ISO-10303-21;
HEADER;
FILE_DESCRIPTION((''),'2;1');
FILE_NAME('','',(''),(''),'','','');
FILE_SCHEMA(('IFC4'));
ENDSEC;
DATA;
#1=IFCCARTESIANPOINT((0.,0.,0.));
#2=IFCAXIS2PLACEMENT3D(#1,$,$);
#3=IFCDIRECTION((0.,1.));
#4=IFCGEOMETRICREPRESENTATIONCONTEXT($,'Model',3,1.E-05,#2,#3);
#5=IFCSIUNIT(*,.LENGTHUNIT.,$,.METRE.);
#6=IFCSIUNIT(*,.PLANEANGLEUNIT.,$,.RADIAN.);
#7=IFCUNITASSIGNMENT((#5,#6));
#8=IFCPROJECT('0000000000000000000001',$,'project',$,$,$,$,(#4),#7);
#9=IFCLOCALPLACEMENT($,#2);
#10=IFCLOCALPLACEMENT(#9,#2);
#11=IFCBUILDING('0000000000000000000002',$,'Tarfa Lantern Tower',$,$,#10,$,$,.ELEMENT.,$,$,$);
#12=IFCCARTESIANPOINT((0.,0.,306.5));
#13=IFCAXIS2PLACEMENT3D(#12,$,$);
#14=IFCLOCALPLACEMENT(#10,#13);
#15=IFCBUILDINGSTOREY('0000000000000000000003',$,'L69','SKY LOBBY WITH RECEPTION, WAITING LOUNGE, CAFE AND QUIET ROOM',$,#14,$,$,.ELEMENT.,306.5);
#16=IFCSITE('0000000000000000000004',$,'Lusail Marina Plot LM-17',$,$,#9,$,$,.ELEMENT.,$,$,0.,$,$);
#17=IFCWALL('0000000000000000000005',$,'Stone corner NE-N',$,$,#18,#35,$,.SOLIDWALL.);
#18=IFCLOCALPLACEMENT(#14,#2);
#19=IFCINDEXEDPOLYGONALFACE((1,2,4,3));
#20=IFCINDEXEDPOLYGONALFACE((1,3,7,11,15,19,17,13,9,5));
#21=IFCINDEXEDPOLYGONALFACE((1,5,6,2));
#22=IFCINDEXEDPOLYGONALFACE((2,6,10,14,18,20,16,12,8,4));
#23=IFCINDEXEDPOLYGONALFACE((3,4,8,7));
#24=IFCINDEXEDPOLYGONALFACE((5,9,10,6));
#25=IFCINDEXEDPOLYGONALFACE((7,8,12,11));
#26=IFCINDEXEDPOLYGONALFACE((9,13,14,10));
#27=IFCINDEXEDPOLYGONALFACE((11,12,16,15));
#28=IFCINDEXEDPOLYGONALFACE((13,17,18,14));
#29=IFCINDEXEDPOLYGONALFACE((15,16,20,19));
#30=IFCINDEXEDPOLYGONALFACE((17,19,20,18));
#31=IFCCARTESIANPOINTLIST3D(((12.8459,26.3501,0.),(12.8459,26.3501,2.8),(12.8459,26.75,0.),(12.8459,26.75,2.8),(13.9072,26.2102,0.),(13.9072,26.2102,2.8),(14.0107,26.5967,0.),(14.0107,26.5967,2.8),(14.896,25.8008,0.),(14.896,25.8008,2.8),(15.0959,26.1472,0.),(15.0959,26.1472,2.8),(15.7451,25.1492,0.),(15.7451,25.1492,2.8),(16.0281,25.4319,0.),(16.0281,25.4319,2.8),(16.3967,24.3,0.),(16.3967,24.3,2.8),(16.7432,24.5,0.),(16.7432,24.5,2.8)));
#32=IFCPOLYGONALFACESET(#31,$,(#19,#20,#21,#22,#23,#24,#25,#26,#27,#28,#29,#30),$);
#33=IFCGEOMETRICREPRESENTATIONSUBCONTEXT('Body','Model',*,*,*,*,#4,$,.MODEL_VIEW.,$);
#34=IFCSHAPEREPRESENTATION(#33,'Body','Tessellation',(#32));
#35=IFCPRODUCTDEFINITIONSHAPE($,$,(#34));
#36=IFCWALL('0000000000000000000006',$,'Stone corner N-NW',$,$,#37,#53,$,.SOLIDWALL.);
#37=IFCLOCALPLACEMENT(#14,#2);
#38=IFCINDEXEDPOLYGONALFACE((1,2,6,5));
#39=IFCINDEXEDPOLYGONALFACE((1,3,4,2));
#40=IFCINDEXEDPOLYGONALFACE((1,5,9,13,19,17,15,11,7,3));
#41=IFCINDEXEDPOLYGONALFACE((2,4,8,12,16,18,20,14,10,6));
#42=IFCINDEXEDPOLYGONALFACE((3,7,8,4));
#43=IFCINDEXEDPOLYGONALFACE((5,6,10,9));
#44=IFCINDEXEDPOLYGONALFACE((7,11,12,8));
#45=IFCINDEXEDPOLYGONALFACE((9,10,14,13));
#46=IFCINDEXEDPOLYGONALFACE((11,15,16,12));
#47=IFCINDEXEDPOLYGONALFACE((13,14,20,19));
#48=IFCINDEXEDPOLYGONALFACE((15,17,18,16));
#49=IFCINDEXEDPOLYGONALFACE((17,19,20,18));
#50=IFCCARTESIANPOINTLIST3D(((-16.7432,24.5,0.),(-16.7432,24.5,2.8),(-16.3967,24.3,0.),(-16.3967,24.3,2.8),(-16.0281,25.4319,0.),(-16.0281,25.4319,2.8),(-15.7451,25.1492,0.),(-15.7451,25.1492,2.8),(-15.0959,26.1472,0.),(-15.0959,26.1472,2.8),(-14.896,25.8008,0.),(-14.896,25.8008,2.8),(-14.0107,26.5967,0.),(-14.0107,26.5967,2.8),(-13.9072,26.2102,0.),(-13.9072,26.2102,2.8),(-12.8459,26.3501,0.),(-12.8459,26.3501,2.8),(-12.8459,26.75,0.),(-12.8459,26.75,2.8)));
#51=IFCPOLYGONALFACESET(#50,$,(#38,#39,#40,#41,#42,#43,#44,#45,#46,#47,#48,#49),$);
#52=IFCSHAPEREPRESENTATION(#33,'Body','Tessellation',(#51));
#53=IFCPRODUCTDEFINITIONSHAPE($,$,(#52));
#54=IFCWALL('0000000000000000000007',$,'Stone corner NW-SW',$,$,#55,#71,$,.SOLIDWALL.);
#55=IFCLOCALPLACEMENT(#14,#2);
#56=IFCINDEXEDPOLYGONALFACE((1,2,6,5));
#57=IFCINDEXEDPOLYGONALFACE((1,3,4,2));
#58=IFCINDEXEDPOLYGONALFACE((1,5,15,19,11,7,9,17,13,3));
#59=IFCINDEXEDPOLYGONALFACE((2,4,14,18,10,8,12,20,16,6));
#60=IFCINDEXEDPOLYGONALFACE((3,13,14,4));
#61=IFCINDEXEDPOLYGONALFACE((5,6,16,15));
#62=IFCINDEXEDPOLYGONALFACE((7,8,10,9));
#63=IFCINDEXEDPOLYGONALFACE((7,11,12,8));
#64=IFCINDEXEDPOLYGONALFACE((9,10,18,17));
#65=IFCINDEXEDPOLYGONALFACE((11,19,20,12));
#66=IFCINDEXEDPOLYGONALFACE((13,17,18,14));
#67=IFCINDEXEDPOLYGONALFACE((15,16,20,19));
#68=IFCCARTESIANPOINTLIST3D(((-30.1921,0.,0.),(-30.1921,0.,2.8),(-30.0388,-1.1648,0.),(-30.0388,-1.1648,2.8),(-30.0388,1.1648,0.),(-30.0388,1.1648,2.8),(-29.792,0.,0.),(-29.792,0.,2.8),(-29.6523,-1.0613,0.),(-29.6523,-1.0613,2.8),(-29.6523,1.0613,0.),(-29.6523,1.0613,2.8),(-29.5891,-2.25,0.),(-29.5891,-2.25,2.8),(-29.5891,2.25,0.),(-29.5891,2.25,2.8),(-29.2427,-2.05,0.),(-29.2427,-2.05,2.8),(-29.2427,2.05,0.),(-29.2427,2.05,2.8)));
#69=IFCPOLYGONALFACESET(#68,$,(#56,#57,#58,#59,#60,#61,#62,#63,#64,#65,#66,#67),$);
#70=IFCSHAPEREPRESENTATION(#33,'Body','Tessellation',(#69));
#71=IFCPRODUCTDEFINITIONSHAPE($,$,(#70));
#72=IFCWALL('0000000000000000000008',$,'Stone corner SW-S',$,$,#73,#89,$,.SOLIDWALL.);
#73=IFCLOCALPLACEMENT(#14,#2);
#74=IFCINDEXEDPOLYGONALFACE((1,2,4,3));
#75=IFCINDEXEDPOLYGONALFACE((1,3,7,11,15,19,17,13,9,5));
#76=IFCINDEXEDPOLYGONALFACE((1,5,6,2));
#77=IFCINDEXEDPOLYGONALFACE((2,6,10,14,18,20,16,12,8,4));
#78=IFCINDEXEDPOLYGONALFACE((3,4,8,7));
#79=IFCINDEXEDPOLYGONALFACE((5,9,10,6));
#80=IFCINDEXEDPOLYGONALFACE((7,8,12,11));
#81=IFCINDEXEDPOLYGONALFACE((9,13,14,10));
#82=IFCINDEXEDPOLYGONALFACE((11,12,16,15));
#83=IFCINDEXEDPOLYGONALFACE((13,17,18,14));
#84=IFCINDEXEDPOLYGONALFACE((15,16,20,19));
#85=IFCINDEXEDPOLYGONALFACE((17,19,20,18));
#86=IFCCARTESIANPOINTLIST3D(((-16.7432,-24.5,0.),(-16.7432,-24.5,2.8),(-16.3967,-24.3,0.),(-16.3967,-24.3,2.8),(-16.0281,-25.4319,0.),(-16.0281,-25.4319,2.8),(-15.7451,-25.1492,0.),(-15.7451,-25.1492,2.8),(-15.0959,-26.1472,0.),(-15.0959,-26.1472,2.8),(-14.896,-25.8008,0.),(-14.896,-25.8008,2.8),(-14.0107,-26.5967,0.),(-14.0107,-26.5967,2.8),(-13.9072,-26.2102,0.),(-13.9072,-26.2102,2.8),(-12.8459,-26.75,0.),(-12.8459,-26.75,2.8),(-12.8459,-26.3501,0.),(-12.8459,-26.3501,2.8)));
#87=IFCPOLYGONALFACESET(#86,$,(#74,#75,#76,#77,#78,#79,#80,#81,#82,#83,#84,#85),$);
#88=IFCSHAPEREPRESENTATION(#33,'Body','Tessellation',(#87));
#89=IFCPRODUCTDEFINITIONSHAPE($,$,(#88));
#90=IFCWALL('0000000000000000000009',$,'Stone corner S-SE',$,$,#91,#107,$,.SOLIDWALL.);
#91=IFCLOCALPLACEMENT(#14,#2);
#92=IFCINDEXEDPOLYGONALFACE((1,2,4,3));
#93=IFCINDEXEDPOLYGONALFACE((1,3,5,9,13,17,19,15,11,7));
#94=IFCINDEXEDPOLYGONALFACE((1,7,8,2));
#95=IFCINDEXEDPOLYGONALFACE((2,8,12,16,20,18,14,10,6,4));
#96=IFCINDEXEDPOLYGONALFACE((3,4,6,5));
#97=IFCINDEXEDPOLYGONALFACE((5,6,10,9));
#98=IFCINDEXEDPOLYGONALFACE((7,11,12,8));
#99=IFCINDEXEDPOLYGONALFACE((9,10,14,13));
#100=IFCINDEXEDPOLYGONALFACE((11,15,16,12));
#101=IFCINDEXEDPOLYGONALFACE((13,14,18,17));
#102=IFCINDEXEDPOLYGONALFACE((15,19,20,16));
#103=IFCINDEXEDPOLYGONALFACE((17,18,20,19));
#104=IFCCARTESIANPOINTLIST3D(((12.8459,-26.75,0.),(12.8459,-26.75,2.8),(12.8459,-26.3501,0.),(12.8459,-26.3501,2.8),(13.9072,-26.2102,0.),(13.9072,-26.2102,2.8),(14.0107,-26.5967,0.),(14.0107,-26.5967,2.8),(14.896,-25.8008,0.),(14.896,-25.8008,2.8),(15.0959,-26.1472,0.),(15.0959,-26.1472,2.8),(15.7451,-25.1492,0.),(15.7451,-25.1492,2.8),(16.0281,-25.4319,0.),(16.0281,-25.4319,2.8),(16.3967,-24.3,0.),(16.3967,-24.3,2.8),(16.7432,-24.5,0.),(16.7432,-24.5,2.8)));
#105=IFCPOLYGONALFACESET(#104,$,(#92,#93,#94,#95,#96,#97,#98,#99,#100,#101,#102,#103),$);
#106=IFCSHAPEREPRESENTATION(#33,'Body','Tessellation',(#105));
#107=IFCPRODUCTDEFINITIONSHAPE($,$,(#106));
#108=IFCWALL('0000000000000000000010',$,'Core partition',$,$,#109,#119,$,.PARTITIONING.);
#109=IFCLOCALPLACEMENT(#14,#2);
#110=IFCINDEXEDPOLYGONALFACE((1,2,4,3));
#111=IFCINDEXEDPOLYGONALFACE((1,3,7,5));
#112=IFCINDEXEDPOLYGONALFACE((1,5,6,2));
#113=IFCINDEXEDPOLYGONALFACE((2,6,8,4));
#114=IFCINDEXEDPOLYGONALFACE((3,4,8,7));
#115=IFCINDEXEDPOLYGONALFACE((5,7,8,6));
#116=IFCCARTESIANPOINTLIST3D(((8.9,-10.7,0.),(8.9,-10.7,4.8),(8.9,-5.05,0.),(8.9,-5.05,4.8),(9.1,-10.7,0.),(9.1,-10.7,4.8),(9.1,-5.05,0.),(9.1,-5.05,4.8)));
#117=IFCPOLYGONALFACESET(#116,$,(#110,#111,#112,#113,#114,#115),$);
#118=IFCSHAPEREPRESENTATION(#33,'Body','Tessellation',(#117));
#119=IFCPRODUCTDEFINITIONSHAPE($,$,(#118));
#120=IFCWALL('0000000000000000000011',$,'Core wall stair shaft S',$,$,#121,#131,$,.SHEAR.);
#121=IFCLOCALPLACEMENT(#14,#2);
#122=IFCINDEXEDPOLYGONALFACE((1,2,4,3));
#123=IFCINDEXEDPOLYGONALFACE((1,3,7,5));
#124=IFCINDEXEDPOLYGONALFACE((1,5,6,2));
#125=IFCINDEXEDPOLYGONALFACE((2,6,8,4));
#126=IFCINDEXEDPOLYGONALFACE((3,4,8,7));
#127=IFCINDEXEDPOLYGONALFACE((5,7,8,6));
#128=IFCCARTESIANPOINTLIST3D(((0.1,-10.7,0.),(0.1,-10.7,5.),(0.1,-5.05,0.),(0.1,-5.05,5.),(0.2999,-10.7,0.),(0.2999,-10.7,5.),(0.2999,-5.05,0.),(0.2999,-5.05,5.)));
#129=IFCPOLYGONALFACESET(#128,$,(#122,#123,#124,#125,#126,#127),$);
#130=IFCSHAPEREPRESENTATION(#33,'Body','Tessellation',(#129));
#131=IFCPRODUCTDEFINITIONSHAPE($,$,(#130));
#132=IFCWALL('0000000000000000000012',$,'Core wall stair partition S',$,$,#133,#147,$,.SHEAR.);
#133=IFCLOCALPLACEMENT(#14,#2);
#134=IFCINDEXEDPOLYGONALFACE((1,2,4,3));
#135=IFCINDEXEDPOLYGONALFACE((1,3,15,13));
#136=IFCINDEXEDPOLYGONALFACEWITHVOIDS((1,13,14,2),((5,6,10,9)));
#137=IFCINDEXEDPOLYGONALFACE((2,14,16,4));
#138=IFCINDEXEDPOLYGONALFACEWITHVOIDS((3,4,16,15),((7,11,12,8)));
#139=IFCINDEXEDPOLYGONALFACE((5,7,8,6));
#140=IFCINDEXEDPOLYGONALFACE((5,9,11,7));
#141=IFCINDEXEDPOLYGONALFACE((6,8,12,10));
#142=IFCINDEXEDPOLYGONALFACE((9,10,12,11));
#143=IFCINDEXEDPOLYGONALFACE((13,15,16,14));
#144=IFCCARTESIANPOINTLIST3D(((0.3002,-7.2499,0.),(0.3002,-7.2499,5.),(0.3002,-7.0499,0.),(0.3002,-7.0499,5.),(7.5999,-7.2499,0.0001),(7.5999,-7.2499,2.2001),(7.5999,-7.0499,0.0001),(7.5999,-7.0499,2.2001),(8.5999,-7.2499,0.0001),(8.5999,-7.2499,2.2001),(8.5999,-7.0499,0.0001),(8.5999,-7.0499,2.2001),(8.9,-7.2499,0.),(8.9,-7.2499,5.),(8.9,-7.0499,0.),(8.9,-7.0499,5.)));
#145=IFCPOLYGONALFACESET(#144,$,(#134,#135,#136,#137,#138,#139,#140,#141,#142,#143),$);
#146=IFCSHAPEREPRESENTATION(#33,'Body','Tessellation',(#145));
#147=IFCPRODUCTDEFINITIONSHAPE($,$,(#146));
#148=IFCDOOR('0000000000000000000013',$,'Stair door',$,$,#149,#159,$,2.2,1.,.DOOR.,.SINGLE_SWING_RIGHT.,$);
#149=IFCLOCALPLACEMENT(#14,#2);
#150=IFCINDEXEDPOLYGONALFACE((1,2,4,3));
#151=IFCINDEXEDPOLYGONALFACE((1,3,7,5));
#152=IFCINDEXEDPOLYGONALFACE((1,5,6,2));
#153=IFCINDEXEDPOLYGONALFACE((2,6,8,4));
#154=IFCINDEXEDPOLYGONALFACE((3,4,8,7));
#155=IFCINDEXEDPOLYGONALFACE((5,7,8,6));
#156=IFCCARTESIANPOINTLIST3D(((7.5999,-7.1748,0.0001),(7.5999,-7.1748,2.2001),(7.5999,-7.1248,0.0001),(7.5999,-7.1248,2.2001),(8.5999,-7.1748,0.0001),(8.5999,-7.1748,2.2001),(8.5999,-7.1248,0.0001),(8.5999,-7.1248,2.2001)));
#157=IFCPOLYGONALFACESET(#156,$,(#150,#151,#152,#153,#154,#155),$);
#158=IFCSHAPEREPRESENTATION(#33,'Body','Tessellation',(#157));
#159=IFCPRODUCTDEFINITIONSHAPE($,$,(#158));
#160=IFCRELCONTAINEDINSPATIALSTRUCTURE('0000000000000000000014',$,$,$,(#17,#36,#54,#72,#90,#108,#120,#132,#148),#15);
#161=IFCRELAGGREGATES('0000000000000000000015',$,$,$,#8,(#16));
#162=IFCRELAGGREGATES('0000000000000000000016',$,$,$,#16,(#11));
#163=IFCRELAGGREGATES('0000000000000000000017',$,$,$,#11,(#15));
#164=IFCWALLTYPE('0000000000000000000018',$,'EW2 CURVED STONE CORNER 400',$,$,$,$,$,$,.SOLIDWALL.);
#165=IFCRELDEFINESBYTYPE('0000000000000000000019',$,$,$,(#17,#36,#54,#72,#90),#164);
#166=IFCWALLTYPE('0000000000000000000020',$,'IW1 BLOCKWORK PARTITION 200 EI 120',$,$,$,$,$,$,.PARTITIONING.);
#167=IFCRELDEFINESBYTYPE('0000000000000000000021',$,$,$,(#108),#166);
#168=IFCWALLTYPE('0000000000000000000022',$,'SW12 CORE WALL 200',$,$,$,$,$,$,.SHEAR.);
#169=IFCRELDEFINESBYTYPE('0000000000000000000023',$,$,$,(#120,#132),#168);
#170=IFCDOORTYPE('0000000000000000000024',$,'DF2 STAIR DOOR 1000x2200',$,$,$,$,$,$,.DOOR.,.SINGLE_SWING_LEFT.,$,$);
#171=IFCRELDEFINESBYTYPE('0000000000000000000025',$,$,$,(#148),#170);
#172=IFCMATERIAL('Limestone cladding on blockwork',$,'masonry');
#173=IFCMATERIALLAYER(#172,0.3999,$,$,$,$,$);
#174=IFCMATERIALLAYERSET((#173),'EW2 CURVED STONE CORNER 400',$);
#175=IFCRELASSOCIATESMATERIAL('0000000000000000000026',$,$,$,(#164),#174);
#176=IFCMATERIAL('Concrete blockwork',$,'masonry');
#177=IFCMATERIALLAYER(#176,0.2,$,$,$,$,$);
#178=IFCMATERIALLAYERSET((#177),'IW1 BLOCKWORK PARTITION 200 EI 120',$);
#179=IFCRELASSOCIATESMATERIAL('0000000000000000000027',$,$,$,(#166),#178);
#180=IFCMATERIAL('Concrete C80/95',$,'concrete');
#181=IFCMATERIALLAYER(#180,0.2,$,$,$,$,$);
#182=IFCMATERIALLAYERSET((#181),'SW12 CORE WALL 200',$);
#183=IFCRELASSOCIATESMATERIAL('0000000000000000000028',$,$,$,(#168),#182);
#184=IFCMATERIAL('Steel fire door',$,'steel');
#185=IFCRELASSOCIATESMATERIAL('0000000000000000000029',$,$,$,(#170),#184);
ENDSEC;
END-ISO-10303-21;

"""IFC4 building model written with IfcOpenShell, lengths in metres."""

from ifc_helpers import new_model, si_unit, direction, frame, frame_2d, origin, place, context, subcontext, project, spatial, polyline, rectangle, outline, extrude, material, layer, layer_set, type_object, element, fill, save


model = new_model("IFC4")

# Units and contexts
model_context = context("Model", 3, precision=1e-05, world=origin(), true_north=direction((0.0, 1.0)))
body_context = subcontext(model_context, "Body", "Model", "MODEL_VIEW")
ifc_project = project(units=[si_unit("LENGTHUNIT", "METRE"), si_unit("PLANEANGLEUNIT", "RADIAN")], contexts=[model_context])

# Site, building, storey
site_placement = place(None, origin())
site = spatial("IfcSite", under=ifc_project, at=site_placement, Name="Lusail Marina Plot LM-17", CompositionType="ELEMENT", RefElevation=0.0)
building_placement = place(site_placement, origin())
building = spatial("IfcBuilding", under=site, at=building_placement, Name="Tarfa Lantern Tower", CompositionType="ELEMENT")
storey_placement = place(building_placement, frame((0.0, 0.0, 306.5)))
storey = spatial("IfcBuildingStorey", under=building, at=storey_placement, Name="L69", Description="SKY LOBBY WITH RECEPTION, WAITING LOUNGE, CAFE AND QUIET ROOM", CompositionType="ELEMENT", Elevation=306.5)

# Walls
ifc_material_1 = material(Name="Limestone cladding on blockwork", Category="masonry")
ifc_layer_1 = layer(ifc_material_1, 0.3999)
ifc_layer_set_1 = layer_set([ifc_layer_1], Name="EW2 CURVED STONE CORNER 400")
wall_type_1 = type_object("IfcWallType", Name="EW2 CURVED STONE CORNER 400", PredefinedType="SOLIDWALL", material=ifc_layer_set_1)
wall_1_placement = place(storey_placement, origin())
element("IfcWall", 1, at=wall_1_placement, inside=storey, type_object=wall_type_1, Name="Stone corner NE-N", PredefinedType="SOLIDWALL", context=body_context, shape_type="SweptSolid", body=[
    extrude(outline(polyline([(16.7432, 24.5), (16.0281, 25.4319), (15.0959, 26.1472), (14.0107, 26.5967), (12.8459, 26.75), (12.8459, 26.3501), (13.9072, 26.2102), (14.896, 25.8008), (15.7451, 25.1492), (16.3967, 24.3), (16.7432, 24.5)])), origin(), (0.0, 0.0, 1.0), 2.8),
])
wall_2_placement = place(storey_placement, origin())
element("IfcWall", 2, at=wall_2_placement, inside=storey, type_object=wall_type_1, Name="Stone corner N-NW", PredefinedType="SOLIDWALL", context=body_context, shape_type="SweptSolid", body=[
    extrude(outline(polyline([(-12.8459, 26.75), (-14.0107, 26.5967), (-15.0959, 26.1472), (-16.0281, 25.4319), (-16.7432, 24.5), (-16.3967, 24.3), (-15.7451, 25.1492), (-14.896, 25.8008), (-13.9072, 26.2102), (-12.8459, 26.3501), (-12.8459, 26.75)])), origin(), (0.0, 0.0, 1.0), 2.8),
])
wall_3_placement = place(storey_placement, origin())
element("IfcWall", 3, at=wall_3_placement, inside=storey, type_object=wall_type_1, Name="Stone corner NW-SW", PredefinedType="SOLIDWALL", context=body_context, shape_type="SweptSolid", body=[
    extrude(outline(polyline([(-29.5891, 2.25), (-30.0388, 1.1648), (-30.1921, 0.0), (-30.0388, -1.1648), (-29.5891, -2.25), (-29.2427, -2.05), (-29.6523, -1.0613), (-29.792, 0.0), (-29.6523, 1.0613), (-29.2427, 2.05), (-29.5891, 2.25)])), origin(), (0.0, 0.0, 1.0), 2.8),
])
wall_4_placement = place(storey_placement, origin())
element("IfcWall", 4, at=wall_4_placement, inside=storey, type_object=wall_type_1, Name="Stone corner SW-S", PredefinedType="SOLIDWALL", context=body_context, shape_type="SweptSolid", body=[
    extrude(outline(polyline([(-16.7432, -24.5), (-16.0281, -25.4319), (-15.0959, -26.1472), (-14.0107, -26.5967), (-12.8459, -26.75), (-12.8459, -26.3501), (-13.9072, -26.2102), (-14.896, -25.8008), (-15.7451, -25.1492), (-16.3967, -24.3), (-16.7432, -24.5)])), origin(), (0.0, 0.0, 1.0), 2.8),
])
wall_5_placement = place(storey_placement, origin())
element("IfcWall", 5, at=wall_5_placement, inside=storey, type_object=wall_type_1, Name="Stone corner S-SE", PredefinedType="SOLIDWALL", context=body_context, shape_type="SweptSolid", body=[
    extrude(outline(polyline([(12.8459, -26.75), (14.0107, -26.5967), (15.0959, -26.1472), (16.0281, -25.4319), (16.7432, -24.5), (16.3967, -24.3), (15.7451, -25.1492), (14.896, -25.8008), (13.9072, -26.2102), (12.8459, -26.3501), (12.8459, -26.75)])), origin(), (0.0, 0.0, 1.0), 2.8),
])
ifc_material_2 = material(Name="Concrete blockwork", Category="masonry")
ifc_layer_2 = layer(ifc_material_2, 0.2)
ifc_layer_set_2 = layer_set([ifc_layer_2], Name="IW1 BLOCKWORK PARTITION 200 EI 120")
wall_type_2 = type_object("IfcWallType", Name="IW1 BLOCKWORK PARTITION 200 EI 120", PredefinedType="PARTITIONING", material=ifc_layer_set_2)
wall_6_placement = place(storey_placement, frame((9.0, -5.05, 0.0), z_axis=(0.0, 0.0, 1.0), x_axis=(0.0, -1.0, 0.0)))
element("IfcWall", 6, at=wall_6_placement, inside=storey, type_object=wall_type_2, Name="Core partition", PredefinedType="PARTITIONING", context=body_context, shape_type="SweptSolid", body=[
    extrude(rectangle(XDim=5.6499, YDim=0.2, at=frame_2d((2.825, 0.0))), origin(), (0.0, 0.0, 1.0), 4.8),
])
ifc_material_3 = material(Name="Concrete C80/95", Category="concrete")
ifc_layer_3 = layer(ifc_material_3, 0.2)
ifc_layer_set_3 = layer_set([ifc_layer_3], Name="SW12 CORE WALL 200")
wall_type_3 = type_object("IfcWallType", Name="SW12 CORE WALL 200", PredefinedType="SHEAR", material=ifc_layer_set_3)
wall_7_placement = place(storey_placement, frame((0.2, -5.05, 0.0), z_axis=(0.0, 0.0, 1.0), x_axis=(0.0, -1.0, 0.0)))
element("IfcWall", 7, at=wall_7_placement, inside=storey, type_object=wall_type_3, Name="Core wall stair shaft S", PredefinedType="SHEAR", context=body_context, shape_type="SweptSolid", body=[
    extrude(rectangle(XDim=5.6499, YDim=0.2, at=frame_2d((2.825, 0.0))), origin(), (0.0, 0.0, 1.0), 5.0),
])

# Wall, opening, door
wall_8_placement = place(storey_placement, frame((8.8999, -7.1499, 0.0), z_axis=(0.0, 0.0, 1.0), x_axis=(-1.0, 0.0, 0.0)))
wall_8 = element("IfcWall", 8, at=wall_8_placement, inside=storey, type_object=wall_type_3, Name="Core wall stair partition S", PredefinedType="SHEAR", context=body_context, shape_type="SweptSolid", body=[
    extrude(rectangle(XDim=8.5999, YDim=0.2, at=frame_2d((4.2998, 0.0))), origin(), (0.0, 0.0, 1.0), 5.0),
])
opening_1_placement = place(wall_8_placement, frame((0.3, 0.0, 0.0)))
opening_1 = element("IfcOpeningElement", 9, at=opening_1_placement, cuts=wall_8, PredefinedType="OPENING", context=body_context, shape_type="SweptSolid", body=[
    extrude(rectangle(XDim=1.0, YDim=2.2, at=frame_2d((0.5, 1.1001))), frame((0.0, 0.1099, 0.0), z_axis=(0.0, -1.0, 0.0), x_axis=(1.0, 0.0, 0.0)), (0.0, 0.0, 1.0), 0.22),
])
ifc_material_4 = material(Name="Steel fire door", Category="steel")
door_type_1 = type_object("IfcDoorType", Name="DF2 STAIR DOOR 1000x2200", OperationType="SINGLE_SWING_LEFT", PredefinedType="DOOR", material=ifc_material_4)
door_1_placement = place(opening_1_placement, origin())
door_1 = element("IfcDoor", 10, at=door_1_placement, inside=storey, type_object=door_type_1, Name="Stair door", OperationType="SINGLE_SWING_RIGHT", OverallHeight=2.2, OverallWidth=1.0, PredefinedType="DOOR", context=body_context, shape_type="SweptSolid", body=[
    extrude(rectangle(XDim=1.0, YDim=2.2, at=frame_2d((0.5, 1.1001))), frame((0.0, 0.0249, 0.0), z_axis=(0.0, -1.0, 0.0), x_axis=(1.0, 0.0, 0.0)), (0.0, 0.0, 1.0), 0.05),
])
fill(opening_1, door_1)

save(model, "model.ifc")
